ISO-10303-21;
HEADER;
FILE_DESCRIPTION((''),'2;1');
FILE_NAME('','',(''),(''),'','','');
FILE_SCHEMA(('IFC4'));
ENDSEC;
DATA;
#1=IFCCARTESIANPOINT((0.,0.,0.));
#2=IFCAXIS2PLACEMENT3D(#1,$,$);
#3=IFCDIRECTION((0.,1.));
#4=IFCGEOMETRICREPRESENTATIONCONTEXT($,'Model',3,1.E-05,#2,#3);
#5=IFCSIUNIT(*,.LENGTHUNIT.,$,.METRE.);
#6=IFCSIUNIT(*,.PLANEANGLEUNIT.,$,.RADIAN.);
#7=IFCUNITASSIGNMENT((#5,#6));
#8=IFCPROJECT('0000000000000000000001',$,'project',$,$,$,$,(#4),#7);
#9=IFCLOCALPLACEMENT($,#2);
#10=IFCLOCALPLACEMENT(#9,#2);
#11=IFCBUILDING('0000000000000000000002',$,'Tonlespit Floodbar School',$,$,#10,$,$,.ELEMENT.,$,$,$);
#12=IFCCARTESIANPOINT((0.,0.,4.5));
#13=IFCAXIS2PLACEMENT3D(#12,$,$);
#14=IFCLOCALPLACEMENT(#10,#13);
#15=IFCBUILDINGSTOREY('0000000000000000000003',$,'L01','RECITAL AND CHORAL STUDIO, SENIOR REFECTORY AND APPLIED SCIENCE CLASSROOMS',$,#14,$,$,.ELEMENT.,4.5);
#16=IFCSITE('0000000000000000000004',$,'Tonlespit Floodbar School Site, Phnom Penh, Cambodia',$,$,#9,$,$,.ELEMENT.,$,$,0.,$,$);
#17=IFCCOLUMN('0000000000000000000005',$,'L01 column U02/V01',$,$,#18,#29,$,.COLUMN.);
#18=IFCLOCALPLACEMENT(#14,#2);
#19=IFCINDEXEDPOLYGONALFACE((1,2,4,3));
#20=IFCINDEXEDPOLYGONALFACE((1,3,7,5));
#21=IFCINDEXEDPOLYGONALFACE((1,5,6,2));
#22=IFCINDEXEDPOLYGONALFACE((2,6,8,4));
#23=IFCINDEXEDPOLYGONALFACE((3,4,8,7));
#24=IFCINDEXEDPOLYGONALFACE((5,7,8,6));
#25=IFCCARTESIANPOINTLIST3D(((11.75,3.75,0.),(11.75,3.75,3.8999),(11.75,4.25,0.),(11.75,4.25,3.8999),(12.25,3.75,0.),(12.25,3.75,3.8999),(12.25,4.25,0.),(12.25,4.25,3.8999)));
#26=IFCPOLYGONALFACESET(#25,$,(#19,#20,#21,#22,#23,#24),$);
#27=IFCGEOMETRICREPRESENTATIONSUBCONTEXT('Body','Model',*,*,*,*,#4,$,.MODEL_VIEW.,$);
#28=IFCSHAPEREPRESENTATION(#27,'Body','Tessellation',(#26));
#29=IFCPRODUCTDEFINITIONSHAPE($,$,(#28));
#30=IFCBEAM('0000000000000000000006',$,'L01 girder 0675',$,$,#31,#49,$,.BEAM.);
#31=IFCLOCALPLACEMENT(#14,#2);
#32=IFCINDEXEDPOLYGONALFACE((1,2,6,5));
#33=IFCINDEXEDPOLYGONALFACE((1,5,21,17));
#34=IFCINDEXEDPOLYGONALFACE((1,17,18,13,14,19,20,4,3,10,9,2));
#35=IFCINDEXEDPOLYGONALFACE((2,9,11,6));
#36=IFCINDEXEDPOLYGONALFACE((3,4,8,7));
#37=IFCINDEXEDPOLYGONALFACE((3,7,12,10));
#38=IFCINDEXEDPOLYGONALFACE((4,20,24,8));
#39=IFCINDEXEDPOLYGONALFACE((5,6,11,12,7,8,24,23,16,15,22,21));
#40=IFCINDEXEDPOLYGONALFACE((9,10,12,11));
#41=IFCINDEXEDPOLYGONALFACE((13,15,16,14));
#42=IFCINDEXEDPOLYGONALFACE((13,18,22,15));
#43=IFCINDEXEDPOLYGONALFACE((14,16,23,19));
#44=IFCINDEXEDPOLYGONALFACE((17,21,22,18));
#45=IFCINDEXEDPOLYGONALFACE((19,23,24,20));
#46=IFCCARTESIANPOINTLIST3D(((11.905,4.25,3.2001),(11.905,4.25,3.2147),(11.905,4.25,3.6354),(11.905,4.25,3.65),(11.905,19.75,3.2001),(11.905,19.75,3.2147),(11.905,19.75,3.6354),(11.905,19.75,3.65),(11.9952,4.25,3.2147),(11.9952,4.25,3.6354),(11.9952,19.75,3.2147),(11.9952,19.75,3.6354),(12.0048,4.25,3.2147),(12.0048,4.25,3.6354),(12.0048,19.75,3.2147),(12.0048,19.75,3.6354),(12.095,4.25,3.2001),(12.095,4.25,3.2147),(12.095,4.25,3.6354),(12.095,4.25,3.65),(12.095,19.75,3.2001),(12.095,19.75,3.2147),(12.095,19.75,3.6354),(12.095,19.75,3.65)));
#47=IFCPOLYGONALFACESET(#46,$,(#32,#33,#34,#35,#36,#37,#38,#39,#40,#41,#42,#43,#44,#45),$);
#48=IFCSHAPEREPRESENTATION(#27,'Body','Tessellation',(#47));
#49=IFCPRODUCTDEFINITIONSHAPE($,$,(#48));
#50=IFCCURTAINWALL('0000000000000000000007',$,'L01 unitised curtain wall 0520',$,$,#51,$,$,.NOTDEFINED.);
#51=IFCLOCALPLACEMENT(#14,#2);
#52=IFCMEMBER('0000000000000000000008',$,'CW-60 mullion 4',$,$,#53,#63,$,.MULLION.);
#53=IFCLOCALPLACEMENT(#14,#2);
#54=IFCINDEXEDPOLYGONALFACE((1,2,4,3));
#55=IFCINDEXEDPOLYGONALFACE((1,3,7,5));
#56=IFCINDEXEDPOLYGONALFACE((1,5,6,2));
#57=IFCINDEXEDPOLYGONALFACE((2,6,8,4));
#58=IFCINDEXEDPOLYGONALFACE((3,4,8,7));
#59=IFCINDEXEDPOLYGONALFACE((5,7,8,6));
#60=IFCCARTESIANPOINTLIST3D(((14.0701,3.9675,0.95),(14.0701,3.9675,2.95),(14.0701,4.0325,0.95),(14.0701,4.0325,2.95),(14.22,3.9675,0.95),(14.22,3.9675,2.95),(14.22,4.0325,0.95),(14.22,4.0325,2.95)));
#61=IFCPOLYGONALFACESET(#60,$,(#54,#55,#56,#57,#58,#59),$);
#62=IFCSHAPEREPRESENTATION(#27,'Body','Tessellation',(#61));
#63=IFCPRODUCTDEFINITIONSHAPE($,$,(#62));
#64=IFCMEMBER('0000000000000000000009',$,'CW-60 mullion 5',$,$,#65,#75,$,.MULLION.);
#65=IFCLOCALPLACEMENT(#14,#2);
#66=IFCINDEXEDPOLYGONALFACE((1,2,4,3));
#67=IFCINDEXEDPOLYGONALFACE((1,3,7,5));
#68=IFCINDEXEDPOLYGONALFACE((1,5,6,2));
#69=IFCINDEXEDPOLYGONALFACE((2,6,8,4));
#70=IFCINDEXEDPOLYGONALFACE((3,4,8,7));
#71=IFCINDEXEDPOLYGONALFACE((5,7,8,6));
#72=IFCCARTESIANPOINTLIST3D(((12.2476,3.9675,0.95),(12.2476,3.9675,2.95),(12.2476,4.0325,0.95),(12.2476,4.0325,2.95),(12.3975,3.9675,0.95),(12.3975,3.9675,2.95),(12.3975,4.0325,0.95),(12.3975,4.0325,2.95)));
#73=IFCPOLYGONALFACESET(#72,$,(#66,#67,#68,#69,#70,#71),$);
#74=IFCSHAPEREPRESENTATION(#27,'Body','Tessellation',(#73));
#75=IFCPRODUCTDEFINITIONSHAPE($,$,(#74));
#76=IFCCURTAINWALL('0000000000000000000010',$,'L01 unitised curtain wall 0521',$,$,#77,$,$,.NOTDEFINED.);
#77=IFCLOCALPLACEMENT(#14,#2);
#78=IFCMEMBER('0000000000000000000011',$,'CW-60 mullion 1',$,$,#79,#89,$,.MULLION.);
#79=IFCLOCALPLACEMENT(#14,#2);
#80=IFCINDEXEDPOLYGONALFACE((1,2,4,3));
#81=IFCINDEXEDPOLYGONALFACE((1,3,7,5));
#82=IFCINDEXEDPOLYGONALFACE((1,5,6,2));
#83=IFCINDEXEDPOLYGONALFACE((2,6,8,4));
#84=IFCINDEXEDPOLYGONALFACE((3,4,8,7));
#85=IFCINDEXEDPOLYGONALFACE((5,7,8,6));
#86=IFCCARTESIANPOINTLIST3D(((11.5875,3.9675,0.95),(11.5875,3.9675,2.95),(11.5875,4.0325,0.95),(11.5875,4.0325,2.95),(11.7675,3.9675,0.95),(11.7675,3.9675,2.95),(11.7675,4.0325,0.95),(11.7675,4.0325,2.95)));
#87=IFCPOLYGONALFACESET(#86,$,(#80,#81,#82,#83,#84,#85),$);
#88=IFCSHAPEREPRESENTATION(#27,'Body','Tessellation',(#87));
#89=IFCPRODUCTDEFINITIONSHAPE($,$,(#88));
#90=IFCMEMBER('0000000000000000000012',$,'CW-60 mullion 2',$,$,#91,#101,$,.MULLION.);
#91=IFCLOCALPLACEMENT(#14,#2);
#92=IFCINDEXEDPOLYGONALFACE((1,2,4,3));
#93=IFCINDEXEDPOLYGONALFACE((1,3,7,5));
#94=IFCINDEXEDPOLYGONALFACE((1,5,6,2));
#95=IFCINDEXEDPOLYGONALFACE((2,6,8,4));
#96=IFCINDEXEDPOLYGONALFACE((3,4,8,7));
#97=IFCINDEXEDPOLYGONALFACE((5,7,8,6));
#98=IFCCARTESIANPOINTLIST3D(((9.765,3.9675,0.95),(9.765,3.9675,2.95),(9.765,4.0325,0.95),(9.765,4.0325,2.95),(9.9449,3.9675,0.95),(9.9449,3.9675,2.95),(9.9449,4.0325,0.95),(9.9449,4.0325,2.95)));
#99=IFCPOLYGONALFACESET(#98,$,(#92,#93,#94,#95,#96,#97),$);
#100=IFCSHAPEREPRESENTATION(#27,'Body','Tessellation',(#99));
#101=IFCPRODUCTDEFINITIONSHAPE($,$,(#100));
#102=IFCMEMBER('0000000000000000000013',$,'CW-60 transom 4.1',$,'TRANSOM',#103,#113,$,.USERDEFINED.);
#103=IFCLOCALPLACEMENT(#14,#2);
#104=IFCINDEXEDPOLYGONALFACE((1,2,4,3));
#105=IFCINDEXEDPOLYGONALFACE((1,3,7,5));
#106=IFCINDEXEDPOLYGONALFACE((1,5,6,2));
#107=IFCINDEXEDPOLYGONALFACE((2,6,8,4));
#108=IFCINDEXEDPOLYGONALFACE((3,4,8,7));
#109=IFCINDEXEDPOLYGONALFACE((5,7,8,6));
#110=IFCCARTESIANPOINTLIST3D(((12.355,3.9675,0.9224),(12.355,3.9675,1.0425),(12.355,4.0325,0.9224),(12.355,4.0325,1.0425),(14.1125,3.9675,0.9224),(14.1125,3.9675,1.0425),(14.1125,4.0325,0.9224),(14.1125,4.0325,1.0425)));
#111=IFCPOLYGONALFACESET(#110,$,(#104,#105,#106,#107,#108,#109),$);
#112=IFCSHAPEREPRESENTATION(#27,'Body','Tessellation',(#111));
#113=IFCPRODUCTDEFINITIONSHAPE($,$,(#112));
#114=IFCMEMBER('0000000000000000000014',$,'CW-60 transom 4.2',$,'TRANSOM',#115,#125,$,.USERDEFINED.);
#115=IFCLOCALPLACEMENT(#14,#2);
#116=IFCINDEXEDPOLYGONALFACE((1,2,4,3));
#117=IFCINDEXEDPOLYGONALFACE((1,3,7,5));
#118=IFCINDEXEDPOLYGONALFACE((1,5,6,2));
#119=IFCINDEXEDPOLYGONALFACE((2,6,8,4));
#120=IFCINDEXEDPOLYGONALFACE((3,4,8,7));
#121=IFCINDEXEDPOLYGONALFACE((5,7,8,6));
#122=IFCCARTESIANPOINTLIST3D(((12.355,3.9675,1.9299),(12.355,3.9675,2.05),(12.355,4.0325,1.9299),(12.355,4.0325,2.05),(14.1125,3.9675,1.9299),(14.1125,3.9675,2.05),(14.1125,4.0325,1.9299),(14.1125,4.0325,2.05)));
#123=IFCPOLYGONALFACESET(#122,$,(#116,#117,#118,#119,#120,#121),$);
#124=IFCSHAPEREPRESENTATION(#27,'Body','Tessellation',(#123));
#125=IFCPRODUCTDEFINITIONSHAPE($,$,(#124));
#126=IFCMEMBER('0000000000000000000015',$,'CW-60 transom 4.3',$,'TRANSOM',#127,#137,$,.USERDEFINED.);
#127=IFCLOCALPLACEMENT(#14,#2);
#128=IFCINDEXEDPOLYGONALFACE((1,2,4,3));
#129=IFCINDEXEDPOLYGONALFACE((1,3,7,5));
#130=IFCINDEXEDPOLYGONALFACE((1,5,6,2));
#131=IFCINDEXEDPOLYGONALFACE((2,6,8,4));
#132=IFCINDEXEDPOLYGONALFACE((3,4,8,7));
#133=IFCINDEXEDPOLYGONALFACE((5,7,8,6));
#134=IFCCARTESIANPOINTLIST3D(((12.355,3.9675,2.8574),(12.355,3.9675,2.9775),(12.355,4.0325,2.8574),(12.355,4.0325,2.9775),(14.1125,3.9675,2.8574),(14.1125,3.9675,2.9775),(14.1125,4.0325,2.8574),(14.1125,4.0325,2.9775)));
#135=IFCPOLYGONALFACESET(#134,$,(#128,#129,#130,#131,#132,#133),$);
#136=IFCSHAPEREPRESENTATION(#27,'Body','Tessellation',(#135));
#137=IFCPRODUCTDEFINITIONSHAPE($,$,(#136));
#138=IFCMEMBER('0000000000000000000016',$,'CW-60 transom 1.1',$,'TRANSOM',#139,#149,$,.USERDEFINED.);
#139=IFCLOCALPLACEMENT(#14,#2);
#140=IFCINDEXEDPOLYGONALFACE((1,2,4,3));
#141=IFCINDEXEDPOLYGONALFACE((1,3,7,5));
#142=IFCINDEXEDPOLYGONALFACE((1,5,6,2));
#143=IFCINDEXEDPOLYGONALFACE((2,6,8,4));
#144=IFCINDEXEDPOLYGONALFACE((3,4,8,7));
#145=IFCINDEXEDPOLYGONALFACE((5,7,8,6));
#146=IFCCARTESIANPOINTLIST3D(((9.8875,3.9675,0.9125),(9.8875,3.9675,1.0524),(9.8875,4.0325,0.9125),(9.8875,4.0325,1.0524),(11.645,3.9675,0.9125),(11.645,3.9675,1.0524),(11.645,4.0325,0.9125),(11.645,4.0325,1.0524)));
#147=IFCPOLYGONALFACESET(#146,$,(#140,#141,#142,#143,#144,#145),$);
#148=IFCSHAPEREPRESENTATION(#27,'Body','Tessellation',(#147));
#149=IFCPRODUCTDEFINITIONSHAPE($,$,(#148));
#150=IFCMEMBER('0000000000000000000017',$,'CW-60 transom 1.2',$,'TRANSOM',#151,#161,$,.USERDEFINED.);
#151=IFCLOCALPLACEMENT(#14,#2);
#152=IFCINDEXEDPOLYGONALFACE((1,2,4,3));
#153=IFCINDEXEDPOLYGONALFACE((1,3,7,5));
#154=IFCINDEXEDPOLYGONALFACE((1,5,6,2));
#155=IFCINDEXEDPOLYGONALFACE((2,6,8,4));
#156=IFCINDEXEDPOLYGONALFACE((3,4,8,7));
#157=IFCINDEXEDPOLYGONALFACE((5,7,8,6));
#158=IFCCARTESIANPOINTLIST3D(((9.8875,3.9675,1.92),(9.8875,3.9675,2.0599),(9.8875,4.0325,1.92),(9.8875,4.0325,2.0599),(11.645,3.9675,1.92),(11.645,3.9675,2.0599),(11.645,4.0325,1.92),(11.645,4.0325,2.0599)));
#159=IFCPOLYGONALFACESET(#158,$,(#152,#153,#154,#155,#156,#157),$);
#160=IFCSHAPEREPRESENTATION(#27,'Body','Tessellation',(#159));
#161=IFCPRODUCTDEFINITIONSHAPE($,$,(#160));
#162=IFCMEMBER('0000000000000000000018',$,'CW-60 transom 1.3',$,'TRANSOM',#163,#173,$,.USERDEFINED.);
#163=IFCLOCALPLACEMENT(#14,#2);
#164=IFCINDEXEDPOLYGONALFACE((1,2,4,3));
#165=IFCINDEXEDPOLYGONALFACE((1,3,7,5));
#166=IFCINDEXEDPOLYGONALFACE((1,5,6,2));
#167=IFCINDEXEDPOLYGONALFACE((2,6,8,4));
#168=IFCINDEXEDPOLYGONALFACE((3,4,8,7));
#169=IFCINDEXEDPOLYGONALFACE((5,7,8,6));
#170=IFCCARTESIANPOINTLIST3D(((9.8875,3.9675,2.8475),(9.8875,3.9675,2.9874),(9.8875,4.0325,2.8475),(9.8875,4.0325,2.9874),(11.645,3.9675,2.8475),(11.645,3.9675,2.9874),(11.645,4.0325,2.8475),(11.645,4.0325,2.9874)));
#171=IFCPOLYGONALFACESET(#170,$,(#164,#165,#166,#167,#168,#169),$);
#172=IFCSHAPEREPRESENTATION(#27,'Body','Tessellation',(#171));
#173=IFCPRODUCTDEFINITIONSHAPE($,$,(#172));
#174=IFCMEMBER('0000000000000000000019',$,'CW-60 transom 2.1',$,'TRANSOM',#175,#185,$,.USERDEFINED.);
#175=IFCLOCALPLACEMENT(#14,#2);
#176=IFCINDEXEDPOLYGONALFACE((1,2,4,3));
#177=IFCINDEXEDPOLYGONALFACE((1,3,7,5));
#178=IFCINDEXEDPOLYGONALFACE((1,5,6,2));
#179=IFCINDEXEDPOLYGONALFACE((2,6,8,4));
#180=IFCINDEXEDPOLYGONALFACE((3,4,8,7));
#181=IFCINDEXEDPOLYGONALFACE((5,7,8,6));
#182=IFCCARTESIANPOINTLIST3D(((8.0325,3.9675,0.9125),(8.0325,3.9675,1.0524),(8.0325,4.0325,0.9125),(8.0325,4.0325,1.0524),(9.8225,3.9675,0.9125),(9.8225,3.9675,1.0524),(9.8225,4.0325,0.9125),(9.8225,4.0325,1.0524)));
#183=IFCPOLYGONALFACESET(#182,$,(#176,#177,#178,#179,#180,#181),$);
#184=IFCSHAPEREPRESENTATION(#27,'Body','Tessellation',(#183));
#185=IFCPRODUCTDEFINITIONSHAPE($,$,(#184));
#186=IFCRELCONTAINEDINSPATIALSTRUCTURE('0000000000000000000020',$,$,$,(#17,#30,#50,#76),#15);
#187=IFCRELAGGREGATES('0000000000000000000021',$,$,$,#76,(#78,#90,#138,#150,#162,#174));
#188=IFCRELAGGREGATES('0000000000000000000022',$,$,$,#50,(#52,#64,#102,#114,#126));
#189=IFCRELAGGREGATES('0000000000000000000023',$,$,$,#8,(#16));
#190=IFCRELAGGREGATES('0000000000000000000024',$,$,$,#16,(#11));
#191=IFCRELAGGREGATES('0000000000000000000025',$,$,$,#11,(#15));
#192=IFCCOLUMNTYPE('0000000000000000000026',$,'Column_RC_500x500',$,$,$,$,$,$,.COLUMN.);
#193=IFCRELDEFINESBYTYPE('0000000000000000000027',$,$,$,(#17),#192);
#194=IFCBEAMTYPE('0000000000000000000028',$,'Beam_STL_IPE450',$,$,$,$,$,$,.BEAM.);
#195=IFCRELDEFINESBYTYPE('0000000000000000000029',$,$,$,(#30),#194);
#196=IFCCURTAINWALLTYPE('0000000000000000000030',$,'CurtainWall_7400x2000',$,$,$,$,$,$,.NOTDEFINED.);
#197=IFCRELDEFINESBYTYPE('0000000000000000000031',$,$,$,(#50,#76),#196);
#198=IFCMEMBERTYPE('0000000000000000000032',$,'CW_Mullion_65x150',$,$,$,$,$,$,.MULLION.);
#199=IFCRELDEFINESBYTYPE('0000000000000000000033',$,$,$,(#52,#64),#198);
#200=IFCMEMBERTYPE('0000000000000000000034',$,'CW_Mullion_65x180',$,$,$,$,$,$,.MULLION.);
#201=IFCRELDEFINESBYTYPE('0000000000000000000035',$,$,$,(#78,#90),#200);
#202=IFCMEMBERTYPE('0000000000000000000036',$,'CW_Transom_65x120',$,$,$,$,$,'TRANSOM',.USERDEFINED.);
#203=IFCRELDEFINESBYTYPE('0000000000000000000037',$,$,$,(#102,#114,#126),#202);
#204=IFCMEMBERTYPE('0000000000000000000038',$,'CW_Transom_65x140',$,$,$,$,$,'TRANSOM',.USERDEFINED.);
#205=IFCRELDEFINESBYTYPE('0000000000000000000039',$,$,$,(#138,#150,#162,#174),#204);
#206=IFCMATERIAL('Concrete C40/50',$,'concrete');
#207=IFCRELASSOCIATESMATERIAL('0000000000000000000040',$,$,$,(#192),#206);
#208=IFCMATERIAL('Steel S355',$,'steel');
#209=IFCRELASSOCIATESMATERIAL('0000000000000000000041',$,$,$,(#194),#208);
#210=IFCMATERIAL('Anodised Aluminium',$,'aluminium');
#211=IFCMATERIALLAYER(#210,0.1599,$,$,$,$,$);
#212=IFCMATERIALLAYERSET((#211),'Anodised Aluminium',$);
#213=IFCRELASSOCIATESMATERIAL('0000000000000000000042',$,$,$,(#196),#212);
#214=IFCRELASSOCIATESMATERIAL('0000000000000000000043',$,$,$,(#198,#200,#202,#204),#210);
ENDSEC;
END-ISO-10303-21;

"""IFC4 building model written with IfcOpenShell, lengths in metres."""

from ifc_helpers import new_model, si_unit, direction, frame, origin, origin_2d, place, context, subcontext, project, spatial, rectangle, i_section, extrude, material, layer, layer_set, material_profile, profile_set, type_object, element, aggregate, save


model = new_model("IFC4")

# Units and contexts
model_context = context("Model", 3, precision=1e-05, world=origin(), true_north=direction((0.0, 1.0)))
body_context = subcontext(model_context, "Body", "Model", "MODEL_VIEW")
ifc_project = project(units=[si_unit("LENGTHUNIT", "METRE"), si_unit("PLANEANGLEUNIT", "RADIAN")], contexts=[model_context])

# Site, building, storey
site_placement = place(None, origin())
site = spatial("IfcSite", under=ifc_project, at=site_placement, Name="Tonlespit Floodbar School Site, Phnom Penh, Cambodia", CompositionType="ELEMENT", RefElevation=0.0)
building_placement = place(site_placement, origin())
building = spatial("IfcBuilding", under=site, at=building_placement, Name="Tonlespit Floodbar School", CompositionType="ELEMENT")
storey_placement = place(building_placement, frame((0.0, 0.0, 4.5)))
storey = spatial("IfcBuildingStorey", under=building, at=storey_placement, Name="L01", Description="RECITAL AND CHORAL STUDIO, SENIOR REFECTORY AND APPLIED SCIENCE CLASSROOMS", CompositionType="ELEMENT", Elevation=4.5)

# Column
ifc_material_1 = material(Name="Concrete C40/50", Category="concrete")
ifc_material_profile_1 = material_profile(ifc_material_1, rectangle(XDim=0.5, YDim=0.5, at=origin_2d()), Name="RC 500x500")
ifc_profile_set_1 = profile_set([ifc_material_profile_1], Name="Concrete C40/50")
column_type = type_object("IfcColumnType", Name="Column_RC_500x500", PredefinedType="COLUMN", material=ifc_profile_set_1)
column_placement = place(storey_placement, frame((12.0, 4.0, 0.0), z_axis=(0.0, 0.0, 1.0), x_axis=(1.0, 0.0, 0.0)))
element("IfcColumn", 1, at=column_placement, inside=storey, type_object=column_type, Name="L01 column U02/V01", PredefinedType="COLUMN", context=body_context, shape_type="SweptSolid", body=[
    extrude(rectangle(XDim=0.5, YDim=0.5, at=origin_2d()), origin(), (0.0, 0.0, 1.0), 3.8999),
])

# Beam
ifc_material_2 = material(Name="Steel S355", Category="steel")
ifc_material_profile_2 = material_profile(ifc_material_2, i_section(OverallWidth=0.1899, OverallDepth=0.45, WebThickness=0.0095, FlangeThickness=0.0146, at=origin_2d()), Name="IPE 450")
ifc_profile_set_2 = profile_set([ifc_material_profile_2], Name="Steel S355")
beam_type_1 = type_object("IfcBeamType", Name="Beam_STL_IPE450", PredefinedType="BEAM", material=ifc_profile_set_2)
beam_1_placement = place(storey_placement, frame((12.0, 4.25, 3.425), z_axis=(0.0, 1.0, 0.0), x_axis=(-1.0, 0.0, 0.0)))
element("IfcBeam", 2, at=beam_1_placement, inside=storey, type_object=beam_type_1, Name="L01 girder 0675", PredefinedType="BEAM", context=body_context, shape_type="SweptSolid", body=[
    extrude(i_section(OverallWidth=0.1899, OverallDepth=0.45, WebThickness=0.0095, FlangeThickness=0.0146, at=origin_2d()), origin(), (0.0, 0.0, 1.0), 15.5),
])

# Curtain walls, members
ifc_material_3 = material(Name="Anodised Aluminium", Category="aluminium")
ifc_layer_1 = layer(ifc_material_3, 0.1599)
ifc_layer_set_1 = layer_set([ifc_layer_1], Name="Anodised Aluminium")
curtain_wall_type = type_object("IfcCurtainWallType", Name="CurtainWall_7400x2000", PredefinedType="NOTDEFINED", material=ifc_layer_set_1)
curtain_wall_1_placement = place(storey_placement, origin())
curtain_wall_1 = element("IfcCurtainWall", 3, at=curtain_wall_1_placement, inside=storey, type_object=curtain_wall_type, Name="L01 unitised curtain wall 0520", PredefinedType="NOTDEFINED")
ifc_material_profile_3 = material_profile(ifc_material_3, rectangle(XDim=0.0649, YDim=0.1499, at=origin_2d()), Name="ALU M65x150")
ifc_profile_set_3 = profile_set([ifc_material_profile_3], Name="Anodised Aluminium")
member_type_1 = type_object("IfcMemberType", Name="CW_Mullion_65x150", PredefinedType="MULLION", material=ifc_profile_set_3)
member_1_placement = place(storey_placement, frame((14.145, 4.0, 0.95), z_axis=(0.0, 0.0, 1.0), x_axis=(0.0, -1.0, 0.0)))
member_1 = element("IfcMember", 4, at=member_1_placement, type_object=member_type_1, Name="CW-60 mullion 4", PredefinedType="MULLION", context=body_context, shape_type="SweptSolid", body=[
    extrude(rectangle(XDim=0.0649, YDim=0.1499, at=origin_2d()), origin(), (0.0, 0.0, 1.0), 2.0),
])
member_2_placement = place(storey_placement, frame((12.3225, 4.0, 0.95), z_axis=(0.0, 0.0, 1.0), x_axis=(0.0, -1.0, 0.0)))
member_2 = element("IfcMember", 5, at=member_2_placement, type_object=member_type_1, Name="CW-60 mullion 5", PredefinedType="MULLION", context=body_context, shape_type="SweptSolid", body=[
    extrude(rectangle(XDim=0.0649, YDim=0.1499, at=origin_2d()), origin(), (0.0, 0.0, 1.0), 2.0),
])
curtain_wall_2_placement = place(storey_placement, origin())
curtain_wall_2 = element("IfcCurtainWall", 6, at=curtain_wall_2_placement, inside=storey, type_object=curtain_wall_type, Name="L01 unitised curtain wall 0521", PredefinedType="NOTDEFINED")
ifc_material_profile_4 = material_profile(ifc_material_3, rectangle(XDim=0.0649, YDim=0.1799, at=origin_2d()), Name="ALU M65x180")
ifc_profile_set_4 = profile_set([ifc_material_profile_4], Name="Anodised Aluminium")
member_type_2 = type_object("IfcMemberType", Name="CW_Mullion_65x180", PredefinedType="MULLION", material=ifc_profile_set_4)
member_3_placement = place(storey_placement, frame((11.6775, 4.0, 0.95), z_axis=(0.0, 0.0, 1.0), x_axis=(0.0, -1.0, 0.0)))
member_3 = element("IfcMember", 7, at=member_3_placement, type_object=member_type_2, Name="CW-60 mullion 1", PredefinedType="MULLION", context=body_context, shape_type="SweptSolid", body=[
    extrude(rectangle(XDim=0.0649, YDim=0.1799, at=origin_2d()), origin(), (0.0, 0.0, 1.0), 2.0),
])
member_4_placement = place(storey_placement, frame((9.855, 4.0, 0.95), z_axis=(0.0, 0.0, 1.0), x_axis=(0.0, -1.0, 0.0)))
member_4 = element("IfcMember", 8, at=member_4_placement, type_object=member_type_2, Name="CW-60 mullion 2", PredefinedType="MULLION", context=body_context, shape_type="SweptSolid", body=[
    extrude(rectangle(XDim=0.0649, YDim=0.1799, at=origin_2d()), origin(), (0.0, 0.0, 1.0), 2.0),
])

# Members
ifc_material_profile_5 = material_profile(ifc_material_3, rectangle(XDim=0.0649, YDim=0.1201, at=origin_2d()), Name="ALU T65x120")
ifc_profile_set_5 = profile_set([ifc_material_profile_5], Name="Anodised Aluminium")
member_type_3 = type_object("IfcMemberType", Name="CW_Transom_65x120", ElementType="TRANSOM", PredefinedType="USERDEFINED", material=ifc_profile_set_5)
member_5_placement = place(storey_placement, frame((14.1125, 4.0, 0.9824), z_axis=(-1.0, 0.0, 0.0), x_axis=(0.0, -1.0, 0.0)))
member_5 = element("IfcMember", 9, at=member_5_placement, type_object=member_type_3, Name="CW-60 transom 4.1", ObjectType="TRANSOM", PredefinedType="USERDEFINED", context=body_context, shape_type="SweptSolid", body=[
    extrude(rectangle(XDim=0.0649, YDim=0.1201, at=origin_2d()), origin(), (0.0, 0.0, 1.0), 1.7576),
])
member_6_placement = place(storey_placement, frame((14.1125, 4.0, 1.99), z_axis=(-1.0, 0.0, 0.0), x_axis=(0.0, -1.0, 0.0)))
member_6 = element("IfcMember", 10, at=member_6_placement, type_object=member_type_3, Name="CW-60 transom 4.2", ObjectType="TRANSOM", PredefinedType="USERDEFINED", context=body_context, shape_type="SweptSolid", body=[
    extrude(rectangle(XDim=0.0649, YDim=0.1201, at=origin_2d()), origin(), (0.0, 0.0, 1.0), 1.7576),
])
member_7_placement = place(storey_placement, frame((14.1125, 4.0, 2.9175), z_axis=(-1.0, 0.0, 0.0), x_axis=(0.0, -1.0, 0.0)))
member_7 = element("IfcMember", 11, at=member_7_placement, type_object=member_type_3, Name="CW-60 transom 4.3", ObjectType="TRANSOM", PredefinedType="USERDEFINED", context=body_context, shape_type="SweptSolid", body=[
    extrude(rectangle(XDim=0.0649, YDim=0.1201, at=origin_2d()), origin(), (0.0, 0.0, 1.0), 1.7576),
])
ifc_material_profile_6 = material_profile(ifc_material_3, rectangle(XDim=0.0649, YDim=0.1399, at=origin_2d()), Name="ALU T65x140")
ifc_profile_set_6 = profile_set([ifc_material_profile_6], Name="Anodised Aluminium")
member_type_4 = type_object("IfcMemberType", Name="CW_Transom_65x140", ElementType="TRANSOM", PredefinedType="USERDEFINED", material=ifc_profile_set_6)
member_8_placement = place(storey_placement, frame((11.645, 4.0, 0.9824), z_axis=(-1.0, 0.0, 0.0), x_axis=(0.0, -1.0, 0.0)))
member_8 = element("IfcMember", 12, at=member_8_placement, type_object=member_type_4, Name="CW-60 transom 1.1", ObjectType="TRANSOM", PredefinedType="USERDEFINED", context=body_context, shape_type="SweptSolid", body=[
    extrude(rectangle(XDim=0.0649, YDim=0.1399, at=origin_2d()), origin(), (0.0, 0.0, 1.0), 1.7576),
])
member_9_placement = place(storey_placement, frame((11.645, 4.0, 1.99), z_axis=(-1.0, 0.0, 0.0), x_axis=(0.0, -1.0, 0.0)))
member_9 = element("IfcMember", 13, at=member_9_placement, type_object=member_type_4, Name="CW-60 transom 1.2", ObjectType="TRANSOM", PredefinedType="USERDEFINED", context=body_context, shape_type="SweptSolid", body=[
    extrude(rectangle(XDim=0.0649, YDim=0.1399, at=origin_2d()), origin(), (0.0, 0.0, 1.0), 1.7576),
])
member_10_placement = place(storey_placement, frame((11.645, 4.0, 2.9175), z_axis=(-1.0, 0.0, 0.0), x_axis=(0.0, -1.0, 0.0)))
member_10 = element("IfcMember", 14, at=member_10_placement, type_object=member_type_4, Name="CW-60 transom 1.3", ObjectType="TRANSOM", PredefinedType="USERDEFINED", context=body_context, shape_type="SweptSolid", body=[
    extrude(rectangle(XDim=0.0649, YDim=0.1399, at=origin_2d()), origin(), (0.0, 0.0, 1.0), 1.7576),
])
member_11_placement = place(storey_placement, frame((9.8225, 4.0, 0.9824), z_axis=(-1.0, 0.0, 0.0), x_axis=(0.0, -1.0, 0.0)))
member_11 = element("IfcMember", 15, at=member_11_placement, type_object=member_type_4, Name="CW-60 transom 2.1", ObjectType="TRANSOM", PredefinedType="USERDEFINED", context=body_context, shape_type="SweptSolid", body=[
    extrude(rectangle(XDim=0.0649, YDim=0.1399, at=origin_2d()), origin(), (0.0, 0.0, 1.0), 1.79),
])

aggregate(curtain_wall_2, [member_3, member_4, member_8, member_9, member_10, member_11])
aggregate(curtain_wall_1, [member_1, member_2, member_5, member_6, member_7])

save(model, "model.ifc")
